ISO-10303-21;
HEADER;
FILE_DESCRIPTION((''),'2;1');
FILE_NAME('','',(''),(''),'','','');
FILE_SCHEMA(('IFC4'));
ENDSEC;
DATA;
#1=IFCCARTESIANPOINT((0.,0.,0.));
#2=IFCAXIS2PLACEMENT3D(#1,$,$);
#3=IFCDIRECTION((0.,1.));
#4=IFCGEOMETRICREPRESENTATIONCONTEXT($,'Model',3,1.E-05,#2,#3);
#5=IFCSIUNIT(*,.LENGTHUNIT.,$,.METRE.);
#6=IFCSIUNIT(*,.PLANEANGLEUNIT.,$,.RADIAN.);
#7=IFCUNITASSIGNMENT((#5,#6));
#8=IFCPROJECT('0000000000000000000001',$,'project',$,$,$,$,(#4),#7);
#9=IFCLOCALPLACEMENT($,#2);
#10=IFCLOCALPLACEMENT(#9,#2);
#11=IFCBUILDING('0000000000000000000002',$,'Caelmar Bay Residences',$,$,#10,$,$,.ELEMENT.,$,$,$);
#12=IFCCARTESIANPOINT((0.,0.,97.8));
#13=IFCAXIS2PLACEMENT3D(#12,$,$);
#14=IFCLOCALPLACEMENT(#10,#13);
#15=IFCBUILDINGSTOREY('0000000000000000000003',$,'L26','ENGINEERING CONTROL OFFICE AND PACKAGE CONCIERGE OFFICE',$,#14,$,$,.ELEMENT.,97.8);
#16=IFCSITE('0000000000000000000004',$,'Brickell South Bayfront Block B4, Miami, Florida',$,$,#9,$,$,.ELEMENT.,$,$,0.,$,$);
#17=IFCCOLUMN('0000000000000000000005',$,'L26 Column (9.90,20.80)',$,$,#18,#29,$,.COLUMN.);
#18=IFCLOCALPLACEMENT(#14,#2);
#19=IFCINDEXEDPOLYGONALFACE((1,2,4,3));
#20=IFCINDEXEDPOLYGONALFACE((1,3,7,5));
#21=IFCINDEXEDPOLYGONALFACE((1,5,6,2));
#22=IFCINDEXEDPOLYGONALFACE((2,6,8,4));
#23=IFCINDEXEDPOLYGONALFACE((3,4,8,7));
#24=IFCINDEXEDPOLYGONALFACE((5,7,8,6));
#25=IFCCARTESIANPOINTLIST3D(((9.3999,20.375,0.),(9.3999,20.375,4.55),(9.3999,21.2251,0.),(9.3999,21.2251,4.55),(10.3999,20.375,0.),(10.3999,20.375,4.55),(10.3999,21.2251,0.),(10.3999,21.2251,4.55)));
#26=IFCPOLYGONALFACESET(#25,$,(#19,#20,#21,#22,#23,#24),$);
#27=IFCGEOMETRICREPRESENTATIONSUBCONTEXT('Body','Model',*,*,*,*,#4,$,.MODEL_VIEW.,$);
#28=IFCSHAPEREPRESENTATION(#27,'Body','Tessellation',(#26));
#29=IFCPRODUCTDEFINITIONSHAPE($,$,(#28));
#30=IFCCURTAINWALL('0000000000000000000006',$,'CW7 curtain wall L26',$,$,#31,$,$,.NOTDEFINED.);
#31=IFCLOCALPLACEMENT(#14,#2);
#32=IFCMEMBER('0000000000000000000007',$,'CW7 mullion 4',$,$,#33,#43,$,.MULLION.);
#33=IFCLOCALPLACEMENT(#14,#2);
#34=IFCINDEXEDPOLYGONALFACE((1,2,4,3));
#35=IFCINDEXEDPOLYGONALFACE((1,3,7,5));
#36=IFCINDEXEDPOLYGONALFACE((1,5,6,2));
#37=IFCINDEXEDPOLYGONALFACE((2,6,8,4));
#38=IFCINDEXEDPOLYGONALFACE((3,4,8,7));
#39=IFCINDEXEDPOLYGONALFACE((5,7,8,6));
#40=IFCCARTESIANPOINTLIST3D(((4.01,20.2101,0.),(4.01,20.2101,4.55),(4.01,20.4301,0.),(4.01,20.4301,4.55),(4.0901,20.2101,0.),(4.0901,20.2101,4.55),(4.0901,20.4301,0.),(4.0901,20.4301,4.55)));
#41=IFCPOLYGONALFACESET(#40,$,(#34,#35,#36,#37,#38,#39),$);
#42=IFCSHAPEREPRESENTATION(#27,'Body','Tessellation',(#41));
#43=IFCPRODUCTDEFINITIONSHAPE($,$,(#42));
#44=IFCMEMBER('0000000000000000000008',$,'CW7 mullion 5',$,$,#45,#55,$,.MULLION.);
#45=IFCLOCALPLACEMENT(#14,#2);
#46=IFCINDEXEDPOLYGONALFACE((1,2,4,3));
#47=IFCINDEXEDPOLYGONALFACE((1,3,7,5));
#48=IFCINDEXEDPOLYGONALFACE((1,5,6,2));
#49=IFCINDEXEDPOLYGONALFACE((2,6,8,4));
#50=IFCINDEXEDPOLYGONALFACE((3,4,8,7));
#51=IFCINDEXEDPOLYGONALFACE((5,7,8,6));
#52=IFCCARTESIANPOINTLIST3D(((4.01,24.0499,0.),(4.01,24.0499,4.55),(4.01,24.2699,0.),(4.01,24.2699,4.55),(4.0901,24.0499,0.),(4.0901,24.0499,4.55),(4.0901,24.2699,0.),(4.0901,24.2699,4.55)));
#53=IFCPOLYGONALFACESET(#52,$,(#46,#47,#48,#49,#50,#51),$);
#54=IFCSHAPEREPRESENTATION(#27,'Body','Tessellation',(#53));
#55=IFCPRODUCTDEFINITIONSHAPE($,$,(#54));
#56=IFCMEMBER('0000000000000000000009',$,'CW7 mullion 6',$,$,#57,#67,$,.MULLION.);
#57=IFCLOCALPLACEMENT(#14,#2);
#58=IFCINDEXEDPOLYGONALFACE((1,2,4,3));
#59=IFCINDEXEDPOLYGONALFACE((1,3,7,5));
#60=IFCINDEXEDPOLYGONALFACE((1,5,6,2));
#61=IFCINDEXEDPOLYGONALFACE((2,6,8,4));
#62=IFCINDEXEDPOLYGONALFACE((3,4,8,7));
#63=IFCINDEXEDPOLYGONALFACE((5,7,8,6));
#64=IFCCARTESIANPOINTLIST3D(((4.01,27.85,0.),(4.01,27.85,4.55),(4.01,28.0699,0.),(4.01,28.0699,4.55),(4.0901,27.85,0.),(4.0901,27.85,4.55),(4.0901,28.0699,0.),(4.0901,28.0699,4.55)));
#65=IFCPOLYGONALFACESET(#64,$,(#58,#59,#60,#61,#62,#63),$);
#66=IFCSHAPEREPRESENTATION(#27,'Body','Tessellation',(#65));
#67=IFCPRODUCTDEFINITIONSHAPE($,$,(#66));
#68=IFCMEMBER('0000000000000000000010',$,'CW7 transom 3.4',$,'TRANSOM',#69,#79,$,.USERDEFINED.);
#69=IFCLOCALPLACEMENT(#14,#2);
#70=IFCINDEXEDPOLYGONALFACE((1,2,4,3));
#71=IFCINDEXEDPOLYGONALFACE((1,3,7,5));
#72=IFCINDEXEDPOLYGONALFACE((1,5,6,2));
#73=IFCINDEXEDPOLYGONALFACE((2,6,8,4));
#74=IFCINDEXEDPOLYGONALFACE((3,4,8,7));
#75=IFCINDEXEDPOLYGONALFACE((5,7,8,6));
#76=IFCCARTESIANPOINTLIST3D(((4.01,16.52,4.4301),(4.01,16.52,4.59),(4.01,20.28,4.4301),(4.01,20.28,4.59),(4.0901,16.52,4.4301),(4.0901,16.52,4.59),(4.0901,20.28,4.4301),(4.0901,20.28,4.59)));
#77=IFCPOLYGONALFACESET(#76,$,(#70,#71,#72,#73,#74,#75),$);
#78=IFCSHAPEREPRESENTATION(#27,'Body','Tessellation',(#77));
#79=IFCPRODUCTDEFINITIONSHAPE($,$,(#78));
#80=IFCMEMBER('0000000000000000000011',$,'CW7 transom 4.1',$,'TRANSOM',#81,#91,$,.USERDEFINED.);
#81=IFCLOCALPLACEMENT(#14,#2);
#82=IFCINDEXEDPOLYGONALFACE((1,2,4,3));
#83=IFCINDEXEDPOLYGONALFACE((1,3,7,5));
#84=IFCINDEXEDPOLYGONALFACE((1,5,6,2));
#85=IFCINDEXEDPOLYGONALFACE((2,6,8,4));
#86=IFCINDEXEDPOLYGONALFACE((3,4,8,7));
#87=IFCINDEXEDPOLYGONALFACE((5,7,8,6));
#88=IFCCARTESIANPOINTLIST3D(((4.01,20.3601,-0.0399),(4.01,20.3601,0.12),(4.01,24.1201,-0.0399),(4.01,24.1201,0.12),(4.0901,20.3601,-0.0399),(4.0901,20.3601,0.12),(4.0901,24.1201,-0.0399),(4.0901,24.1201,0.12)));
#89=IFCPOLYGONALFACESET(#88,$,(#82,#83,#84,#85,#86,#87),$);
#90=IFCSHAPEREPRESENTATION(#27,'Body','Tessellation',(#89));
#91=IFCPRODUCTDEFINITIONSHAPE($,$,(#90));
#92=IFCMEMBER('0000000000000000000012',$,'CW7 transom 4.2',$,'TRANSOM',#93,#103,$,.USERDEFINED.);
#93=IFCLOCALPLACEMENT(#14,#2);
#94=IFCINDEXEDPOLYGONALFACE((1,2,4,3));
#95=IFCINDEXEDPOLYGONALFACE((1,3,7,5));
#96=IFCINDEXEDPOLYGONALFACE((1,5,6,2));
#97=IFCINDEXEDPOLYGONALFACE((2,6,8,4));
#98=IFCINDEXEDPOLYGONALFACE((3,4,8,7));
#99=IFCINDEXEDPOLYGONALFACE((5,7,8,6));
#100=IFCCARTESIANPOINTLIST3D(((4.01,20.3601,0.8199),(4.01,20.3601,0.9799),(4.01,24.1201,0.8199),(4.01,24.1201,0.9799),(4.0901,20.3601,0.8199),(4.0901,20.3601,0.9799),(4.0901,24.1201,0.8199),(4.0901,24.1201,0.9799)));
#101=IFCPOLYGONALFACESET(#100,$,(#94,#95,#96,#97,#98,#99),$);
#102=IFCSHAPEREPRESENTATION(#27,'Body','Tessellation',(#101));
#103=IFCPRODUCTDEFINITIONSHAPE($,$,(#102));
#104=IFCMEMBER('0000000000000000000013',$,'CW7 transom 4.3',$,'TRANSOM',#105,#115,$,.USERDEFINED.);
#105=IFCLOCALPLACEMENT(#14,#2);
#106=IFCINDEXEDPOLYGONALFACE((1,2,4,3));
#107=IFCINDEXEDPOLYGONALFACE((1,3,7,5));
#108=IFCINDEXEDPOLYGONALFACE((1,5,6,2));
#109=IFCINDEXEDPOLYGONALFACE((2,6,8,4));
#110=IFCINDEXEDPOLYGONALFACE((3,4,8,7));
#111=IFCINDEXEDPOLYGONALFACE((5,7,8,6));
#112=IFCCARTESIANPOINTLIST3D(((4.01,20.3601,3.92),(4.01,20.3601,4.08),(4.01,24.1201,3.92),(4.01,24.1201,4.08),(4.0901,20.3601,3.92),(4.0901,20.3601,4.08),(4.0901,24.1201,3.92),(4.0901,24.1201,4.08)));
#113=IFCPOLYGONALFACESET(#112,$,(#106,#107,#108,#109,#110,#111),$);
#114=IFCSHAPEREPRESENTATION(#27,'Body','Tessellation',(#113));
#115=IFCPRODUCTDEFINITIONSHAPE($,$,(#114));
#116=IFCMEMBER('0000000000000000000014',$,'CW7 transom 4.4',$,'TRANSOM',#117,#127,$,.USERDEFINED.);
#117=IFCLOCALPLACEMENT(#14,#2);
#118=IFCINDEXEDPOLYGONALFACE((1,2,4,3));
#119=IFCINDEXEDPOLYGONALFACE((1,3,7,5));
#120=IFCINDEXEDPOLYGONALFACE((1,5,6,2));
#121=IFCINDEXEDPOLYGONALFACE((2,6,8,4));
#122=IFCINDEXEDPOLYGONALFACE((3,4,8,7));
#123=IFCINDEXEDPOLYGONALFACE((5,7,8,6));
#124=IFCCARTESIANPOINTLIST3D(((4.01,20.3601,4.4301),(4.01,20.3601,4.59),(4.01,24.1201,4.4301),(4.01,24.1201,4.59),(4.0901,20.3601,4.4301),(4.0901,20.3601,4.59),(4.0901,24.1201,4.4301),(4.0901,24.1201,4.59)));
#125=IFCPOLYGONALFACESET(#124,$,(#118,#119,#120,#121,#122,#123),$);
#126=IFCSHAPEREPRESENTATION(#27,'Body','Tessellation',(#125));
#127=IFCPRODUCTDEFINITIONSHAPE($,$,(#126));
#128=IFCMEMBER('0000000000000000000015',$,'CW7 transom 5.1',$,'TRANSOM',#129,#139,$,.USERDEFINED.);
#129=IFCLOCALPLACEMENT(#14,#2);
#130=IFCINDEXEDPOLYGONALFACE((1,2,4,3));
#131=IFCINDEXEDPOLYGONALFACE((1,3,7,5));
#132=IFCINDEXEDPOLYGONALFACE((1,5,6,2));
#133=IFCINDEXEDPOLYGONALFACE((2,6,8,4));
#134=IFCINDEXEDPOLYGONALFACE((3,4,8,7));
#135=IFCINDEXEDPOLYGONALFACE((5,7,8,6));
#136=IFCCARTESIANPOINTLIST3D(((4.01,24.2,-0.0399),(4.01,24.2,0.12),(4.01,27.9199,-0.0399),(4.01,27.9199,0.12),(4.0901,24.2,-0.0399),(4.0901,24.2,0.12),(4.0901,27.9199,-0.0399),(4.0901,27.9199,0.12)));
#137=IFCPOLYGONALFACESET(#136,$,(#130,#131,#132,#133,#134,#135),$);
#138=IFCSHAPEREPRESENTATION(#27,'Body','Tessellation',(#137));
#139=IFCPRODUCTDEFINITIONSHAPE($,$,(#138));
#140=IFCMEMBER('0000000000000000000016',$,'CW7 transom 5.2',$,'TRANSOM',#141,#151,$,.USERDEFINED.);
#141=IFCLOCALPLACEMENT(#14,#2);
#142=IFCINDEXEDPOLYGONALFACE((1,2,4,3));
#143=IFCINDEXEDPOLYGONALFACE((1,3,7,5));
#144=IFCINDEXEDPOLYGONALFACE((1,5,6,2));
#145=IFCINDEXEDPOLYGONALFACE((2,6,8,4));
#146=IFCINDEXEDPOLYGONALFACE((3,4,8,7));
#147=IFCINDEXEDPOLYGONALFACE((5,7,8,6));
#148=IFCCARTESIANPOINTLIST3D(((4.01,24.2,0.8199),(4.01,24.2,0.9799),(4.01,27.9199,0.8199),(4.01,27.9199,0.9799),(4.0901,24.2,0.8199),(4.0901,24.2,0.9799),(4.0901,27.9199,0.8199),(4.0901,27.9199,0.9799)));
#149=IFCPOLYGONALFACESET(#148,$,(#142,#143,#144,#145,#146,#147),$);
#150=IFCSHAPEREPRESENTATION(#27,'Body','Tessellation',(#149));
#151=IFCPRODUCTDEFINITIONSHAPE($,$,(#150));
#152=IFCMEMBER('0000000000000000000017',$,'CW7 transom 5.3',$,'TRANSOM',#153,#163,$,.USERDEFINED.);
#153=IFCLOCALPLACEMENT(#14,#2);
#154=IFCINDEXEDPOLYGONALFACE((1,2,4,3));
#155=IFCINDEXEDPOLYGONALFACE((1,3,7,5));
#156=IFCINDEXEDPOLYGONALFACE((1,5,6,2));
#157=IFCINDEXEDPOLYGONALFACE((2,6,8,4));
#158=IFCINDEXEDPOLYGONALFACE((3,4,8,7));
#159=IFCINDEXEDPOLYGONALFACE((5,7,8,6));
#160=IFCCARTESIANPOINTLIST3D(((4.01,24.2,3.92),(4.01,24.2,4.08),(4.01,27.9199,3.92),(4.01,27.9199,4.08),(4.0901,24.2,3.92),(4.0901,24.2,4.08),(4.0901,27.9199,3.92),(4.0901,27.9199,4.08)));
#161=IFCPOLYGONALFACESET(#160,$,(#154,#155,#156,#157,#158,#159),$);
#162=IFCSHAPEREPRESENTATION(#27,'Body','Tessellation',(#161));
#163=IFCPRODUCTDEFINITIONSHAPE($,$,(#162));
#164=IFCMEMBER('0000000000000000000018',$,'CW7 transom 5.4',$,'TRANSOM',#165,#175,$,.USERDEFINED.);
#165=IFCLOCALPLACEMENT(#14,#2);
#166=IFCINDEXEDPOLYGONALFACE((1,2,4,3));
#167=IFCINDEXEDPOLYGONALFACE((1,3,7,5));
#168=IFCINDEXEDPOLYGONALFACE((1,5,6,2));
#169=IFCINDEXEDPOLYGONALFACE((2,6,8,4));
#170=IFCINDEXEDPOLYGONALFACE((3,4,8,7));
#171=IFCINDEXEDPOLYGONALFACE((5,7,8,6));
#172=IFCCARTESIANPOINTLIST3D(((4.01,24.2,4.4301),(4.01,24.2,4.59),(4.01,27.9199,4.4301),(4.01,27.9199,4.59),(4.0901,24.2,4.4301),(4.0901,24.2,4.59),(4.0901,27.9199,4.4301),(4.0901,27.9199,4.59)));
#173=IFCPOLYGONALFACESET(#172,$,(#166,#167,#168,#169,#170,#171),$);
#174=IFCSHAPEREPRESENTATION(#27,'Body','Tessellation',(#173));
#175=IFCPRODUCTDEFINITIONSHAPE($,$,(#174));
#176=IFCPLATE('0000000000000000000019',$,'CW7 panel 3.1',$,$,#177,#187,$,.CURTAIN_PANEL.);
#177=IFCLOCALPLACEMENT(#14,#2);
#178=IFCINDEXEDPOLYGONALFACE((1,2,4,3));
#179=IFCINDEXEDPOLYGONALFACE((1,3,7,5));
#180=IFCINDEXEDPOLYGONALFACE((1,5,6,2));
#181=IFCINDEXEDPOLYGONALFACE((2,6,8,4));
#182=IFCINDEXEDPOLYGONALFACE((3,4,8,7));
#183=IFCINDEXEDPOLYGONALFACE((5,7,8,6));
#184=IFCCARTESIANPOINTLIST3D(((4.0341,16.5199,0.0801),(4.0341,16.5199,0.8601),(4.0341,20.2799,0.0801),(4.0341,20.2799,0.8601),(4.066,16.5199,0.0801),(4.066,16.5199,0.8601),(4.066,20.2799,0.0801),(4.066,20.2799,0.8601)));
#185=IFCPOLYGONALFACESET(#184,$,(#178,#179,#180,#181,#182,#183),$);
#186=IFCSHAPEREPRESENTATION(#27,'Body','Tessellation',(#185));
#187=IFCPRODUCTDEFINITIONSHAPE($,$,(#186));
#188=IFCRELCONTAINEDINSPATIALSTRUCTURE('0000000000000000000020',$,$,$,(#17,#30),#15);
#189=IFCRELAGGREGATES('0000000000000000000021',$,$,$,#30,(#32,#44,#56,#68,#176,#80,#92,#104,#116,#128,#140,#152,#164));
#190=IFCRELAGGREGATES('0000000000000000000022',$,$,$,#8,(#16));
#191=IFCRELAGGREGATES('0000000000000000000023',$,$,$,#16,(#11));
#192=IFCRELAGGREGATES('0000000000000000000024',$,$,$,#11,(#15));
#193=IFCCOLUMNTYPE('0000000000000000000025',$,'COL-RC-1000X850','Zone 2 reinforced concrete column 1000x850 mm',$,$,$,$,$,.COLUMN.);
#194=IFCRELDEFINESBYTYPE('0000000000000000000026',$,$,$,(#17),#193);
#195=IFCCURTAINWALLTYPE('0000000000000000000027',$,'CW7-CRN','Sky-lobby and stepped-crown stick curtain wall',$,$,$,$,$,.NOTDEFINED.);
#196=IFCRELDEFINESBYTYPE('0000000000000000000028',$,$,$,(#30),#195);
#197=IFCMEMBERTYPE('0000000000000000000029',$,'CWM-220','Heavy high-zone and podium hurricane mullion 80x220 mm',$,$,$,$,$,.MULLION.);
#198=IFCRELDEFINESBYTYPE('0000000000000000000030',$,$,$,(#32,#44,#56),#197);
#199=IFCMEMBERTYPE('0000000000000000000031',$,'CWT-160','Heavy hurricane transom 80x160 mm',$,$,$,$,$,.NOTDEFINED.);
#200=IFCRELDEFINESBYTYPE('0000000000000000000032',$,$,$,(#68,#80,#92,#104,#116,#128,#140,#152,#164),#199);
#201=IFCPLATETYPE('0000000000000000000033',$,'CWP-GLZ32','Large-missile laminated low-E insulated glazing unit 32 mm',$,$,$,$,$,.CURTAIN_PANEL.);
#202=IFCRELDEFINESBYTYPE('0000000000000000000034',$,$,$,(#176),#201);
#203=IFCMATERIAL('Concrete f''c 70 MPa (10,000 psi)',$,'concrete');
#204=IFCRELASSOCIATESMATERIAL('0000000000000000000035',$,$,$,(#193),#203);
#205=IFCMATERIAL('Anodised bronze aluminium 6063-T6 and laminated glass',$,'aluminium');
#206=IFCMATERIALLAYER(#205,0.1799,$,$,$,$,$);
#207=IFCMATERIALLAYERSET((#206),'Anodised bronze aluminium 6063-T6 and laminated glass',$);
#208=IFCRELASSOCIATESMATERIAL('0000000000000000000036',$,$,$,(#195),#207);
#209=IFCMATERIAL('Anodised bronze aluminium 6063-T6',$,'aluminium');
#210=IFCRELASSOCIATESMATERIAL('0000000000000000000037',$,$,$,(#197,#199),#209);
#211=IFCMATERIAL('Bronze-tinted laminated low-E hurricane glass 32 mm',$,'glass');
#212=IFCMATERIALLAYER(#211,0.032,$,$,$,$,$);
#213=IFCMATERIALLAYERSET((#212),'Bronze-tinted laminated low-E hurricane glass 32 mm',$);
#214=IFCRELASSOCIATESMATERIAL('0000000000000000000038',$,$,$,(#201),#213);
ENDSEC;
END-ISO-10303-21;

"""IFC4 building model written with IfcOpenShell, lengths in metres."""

from ifc_helpers import new_model, si_unit, direction, frame, origin, origin_2d, place, context, subcontext, project, spatial, rectangle, extrude, material, layer, layer_set, material_profile, profile_set, type_object, element, aggregate, save


model = new_model("IFC4")

# Units and contexts
model_context = context("Model", 3, precision=1e-05, world=origin(), true_north=direction((0.0, 1.0)))
body_context = subcontext(model_context, "Body", "Model", "MODEL_VIEW")
ifc_project = project(units=[si_unit("LENGTHUNIT", "METRE"), si_unit("PLANEANGLEUNIT", "RADIAN")], contexts=[model_context])

# Site, building, storey
site_placement = place(None, origin())
site = spatial("IfcSite", under=ifc_project, at=site_placement, Name="Brickell South Bayfront Block B4, Miami, Florida", CompositionType="ELEMENT", RefElevation=0.0)
building_placement = place(site_placement, origin())
building = spatial("IfcBuilding", under=site, at=building_placement, Name="Caelmar Bay Residences", CompositionType="ELEMENT")
storey_placement = place(building_placement, frame((0.0, 0.0, 97.8)))
storey = spatial("IfcBuildingStorey", under=building, at=storey_placement, Name="L26", Description="ENGINEERING CONTROL OFFICE AND PACKAGE CONCIERGE OFFICE", CompositionType="ELEMENT", Elevation=97.8)

# Column
ifc_material_1 = material(Name="Concrete f'c 70 MPa (10,000 psi)", Category="concrete")
ifc_material_profile_1 = material_profile(ifc_material_1, rectangle(XDim=1.0, YDim=0.8501, at=origin_2d()), Name="RC-COL-1000X850")
ifc_profile_set_1 = profile_set([ifc_material_profile_1], Name="Concrete f'c 70 MPa (10,000 psi)")
column_type = type_object("IfcColumnType", Name="COL-RC-1000X850", Description="Zone 2 reinforced concrete column 1000x850 mm", PredefinedType="COLUMN", material=ifc_profile_set_1)
column_placement = place(storey_placement, frame((9.8999, 20.8, 0.0), z_axis=(0.0, 0.0, 1.0), x_axis=(1.0, 0.0, 0.0)))
element("IfcColumn", 1, at=column_placement, inside=storey, type_object=column_type, Name="L26 Column (9.90,20.80)", PredefinedType="COLUMN", context=body_context, shape_type="SweptSolid", body=[
    extrude(rectangle(XDim=1.0, YDim=0.8501, at=origin_2d()), origin(), (0.0, 0.0, 1.0), 4.55),
])

# Curtain wall, members, plate
ifc_material_2 = material(Name="Anodised bronze aluminium 6063-T6 and laminated glass", Category="aluminium")
ifc_layer_1 = layer(ifc_material_2, 0.1799)
ifc_layer_set_1 = layer_set([ifc_layer_1], Name="Anodised bronze aluminium 6063-T6 and laminated glass")
curtain_wall_type = type_object("IfcCurtainWallType", Name="CW7-CRN", Description="Sky-lobby and stepped-crown stick curtain wall", PredefinedType="NOTDEFINED", material=ifc_layer_set_1)
curtain_wall_placement = place(storey_placement, origin())
curtain_wall = element("IfcCurtainWall", 2, at=curtain_wall_placement, inside=storey, type_object=curtain_wall_type, Name="CW7 curtain wall L26", PredefinedType="NOTDEFINED")
ifc_material_3 = material(Name="Anodised bronze aluminium 6063-T6", Category="aluminium")
ifc_material_profile_2 = material_profile(ifc_material_3, rectangle(XDim=0.0801, YDim=0.22, at=origin_2d()), Name="CWM-80X220")
ifc_profile_set_2 = profile_set([ifc_material_profile_2], Name="Anodised bronze aluminium 6063-T6")
member_type_1 = type_object("IfcMemberType", Name="CWM-220", Description="Heavy high-zone and podium hurricane mullion 80x220 mm", PredefinedType="MULLION", material=ifc_profile_set_2)
member_1_placement = place(storey_placement, frame((4.05, 20.3201, 0.0), z_axis=(0.0, 0.0, 1.0), x_axis=(-1.0, 0.0, 0.0)))
member_1 = element("IfcMember", 3, at=member_1_placement, type_object=member_type_1, Name="CW7 mullion 4", PredefinedType="MULLION", context=body_context, shape_type="SweptSolid", body=[
    extrude(rectangle(XDim=0.0801, YDim=0.22, at=origin_2d()), origin(), (0.0, 0.0, 1.0), 4.55),
])
member_2_placement = place(storey_placement, frame((4.05, 24.1599, 0.0), z_axis=(0.0, 0.0, 1.0), x_axis=(-1.0, 0.0, 0.0)))
member_2 = element("IfcMember", 4, at=member_2_placement, type_object=member_type_1, Name="CW7 mullion 5", PredefinedType="MULLION", context=body_context, shape_type="SweptSolid", body=[
    extrude(rectangle(XDim=0.0801, YDim=0.22, at=origin_2d()), origin(), (0.0, 0.0, 1.0), 4.55),
])
member_3_placement = place(storey_placement, frame((4.05, 27.96, 0.0), z_axis=(0.0, 0.0, 1.0), x_axis=(-1.0, 0.0, 0.0)))
member_3 = element("IfcMember", 5, at=member_3_placement, type_object=member_type_1, Name="CW7 mullion 6", PredefinedType="MULLION", context=body_context, shape_type="SweptSolid", body=[
    extrude(rectangle(XDim=0.0801, YDim=0.22, at=origin_2d()), origin(), (0.0, 0.0, 1.0), 4.55),
])
ifc_material_profile_3 = material_profile(ifc_material_3, rectangle(XDim=0.0801, YDim=0.1599, at=origin_2d()), Name="CWT-80X160")
ifc_profile_set_3 = profile_set([ifc_material_profile_3], Name="Anodised bronze aluminium 6063-T6")
member_type_2 = type_object("IfcMemberType", Name="CWT-160", Description="Heavy hurricane transom 80x160 mm", PredefinedType="NOTDEFINED", material=ifc_profile_set_3)
member_4_placement = place(storey_placement, frame((4.05, 16.52, 4.51), z_axis=(0.0, 1.0, 0.0), x_axis=(-1.0, 0.0, 0.0)))
member_4 = element("IfcMember", 6, at=member_4_placement, type_object=member_type_2, Name="CW7 transom 3.4", ObjectType="TRANSOM", PredefinedType="USERDEFINED", context=body_context, shape_type="SweptSolid", body=[
    extrude(rectangle(XDim=0.0801, YDim=0.1599, at=origin_2d()), origin(), (0.0, 0.0, 1.0), 3.76),
])
member_5_placement = place(storey_placement, frame((4.05, 20.3601, 0.04), z_axis=(0.0, 1.0, 0.0), x_axis=(-1.0, 0.0, 0.0)))
member_5 = element("IfcMember", 7, at=member_5_placement, type_object=member_type_2, Name="CW7 transom 4.1", ObjectType="TRANSOM", PredefinedType="USERDEFINED", context=body_context, shape_type="SweptSolid", body=[
    extrude(rectangle(XDim=0.0801, YDim=0.1599, at=origin_2d()), origin(), (0.0, 0.0, 1.0), 3.76),
])
member_6_placement = place(storey_placement, frame((4.05, 20.3601, 0.8999), z_axis=(0.0, 1.0, 0.0), x_axis=(-1.0, 0.0, 0.0)))
member_6 = element("IfcMember", 8, at=member_6_placement, type_object=member_type_2, Name="CW7 transom 4.2", ObjectType="TRANSOM", PredefinedType="USERDEFINED", context=body_context, shape_type="SweptSolid", body=[
    extrude(rectangle(XDim=0.0801, YDim=0.1599, at=origin_2d()), origin(), (0.0, 0.0, 1.0), 3.76),
])
member_7_placement = place(storey_placement, frame((4.05, 20.3601, 4.0), z_axis=(0.0, 1.0, 0.0), x_axis=(-1.0, 0.0, 0.0)))
member_7 = element("IfcMember", 9, at=member_7_placement, type_object=member_type_2, Name="CW7 transom 4.3", ObjectType="TRANSOM", PredefinedType="USERDEFINED", context=body_context, shape_type="SweptSolid", body=[
    extrude(rectangle(XDim=0.0801, YDim=0.1599, at=origin_2d()), origin(), (0.0, 0.0, 1.0), 3.76),
])
member_8_placement = place(storey_placement, frame((4.05, 20.3601, 4.51), z_axis=(0.0, 1.0, 0.0), x_axis=(-1.0, 0.0, 0.0)))
member_8 = element("IfcMember", 10, at=member_8_placement, type_object=member_type_2, Name="CW7 transom 4.4", ObjectType="TRANSOM", PredefinedType="USERDEFINED", context=body_context, shape_type="SweptSolid", body=[
    extrude(rectangle(XDim=0.0801, YDim=0.1599, at=origin_2d()), origin(), (0.0, 0.0, 1.0), 3.76),
])
member_9_placement = place(storey_placement, frame((4.05, 24.2, 0.04), z_axis=(0.0, 1.0, 0.0), x_axis=(-1.0, 0.0, 0.0)))
member_9 = element("IfcMember", 11, at=member_9_placement, type_object=member_type_2, Name="CW7 transom 5.1", ObjectType="TRANSOM", PredefinedType="USERDEFINED", context=body_context, shape_type="SweptSolid", body=[
    extrude(rectangle(XDim=0.0801, YDim=0.1599, at=origin_2d()), origin(), (0.0, 0.0, 1.0), 3.72),
])
member_10_placement = place(storey_placement, frame((4.05, 24.2, 0.8999), z_axis=(0.0, 1.0, 0.0), x_axis=(-1.0, 0.0, 0.0)))
member_10 = element("IfcMember", 12, at=member_10_placement, type_object=member_type_2, Name="CW7 transom 5.2", ObjectType="TRANSOM", PredefinedType="USERDEFINED", context=body_context, shape_type="SweptSolid", body=[
    extrude(rectangle(XDim=0.0801, YDim=0.1599, at=origin_2d()), origin(), (0.0, 0.0, 1.0), 3.72),
])
member_11_placement = place(storey_placement, frame((4.05, 24.2, 4.0), z_axis=(0.0, 1.0, 0.0), x_axis=(-1.0, 0.0, 0.0)))
member_11 = element("IfcMember", 13, at=member_11_placement, type_object=member_type_2, Name="CW7 transom 5.3", ObjectType="TRANSOM", PredefinedType="USERDEFINED", context=body_context, shape_type="SweptSolid", body=[
    extrude(rectangle(XDim=0.0801, YDim=0.1599, at=origin_2d()), origin(), (0.0, 0.0, 1.0), 3.72),
])
member_12_placement = place(storey_placement, frame((4.05, 24.2, 4.51), z_axis=(0.0, 1.0, 0.0), x_axis=(-1.0, 0.0, 0.0)))
member_12 = element("IfcMember", 14, at=member_12_placement, type_object=member_type_2, Name="CW7 transom 5.4", ObjectType="TRANSOM", PredefinedType="USERDEFINED", context=body_context, shape_type="SweptSolid", body=[
    extrude(rectangle(XDim=0.0801, YDim=0.1599, at=origin_2d()), origin(), (0.0, 0.0, 1.0), 3.72),
])
ifc_material_4 = material(Name="Bronze-tinted laminated low-E hurricane glass 32 mm", Category="glass")
ifc_layer_2 = layer(ifc_material_4, 0.032)
ifc_layer_set_2 = layer_set([ifc_layer_2], Name="Bronze-tinted laminated low-E hurricane glass 32 mm")
plate_type = type_object("IfcPlateType", Name="CWP-GLZ32", Description="Large-missile laminated low-E insulated glazing unit 32 mm", PredefinedType="CURTAIN_PANEL", material=ifc_layer_set_2)
plate_1_placement = place(storey_placement, frame((4.05, 18.3999, 0.0801), z_axis=(0.0, 0.0, 1.0), x_axis=(0.0, 1.0, 0.0)))
plate_1 = element("IfcPlate", 15, at=plate_1_placement, type_object=plate_type, Name="CW7 panel 3.1", PredefinedType="CURTAIN_PANEL", context=body_context, shape_type="SweptSolid", body=[
    extrude(rectangle(XDim=3.76, YDim=0.032, at=origin_2d()), origin(), (0.0, 0.0, 1.0), 0.78),
])
aggregate(curtain_wall, [member_1, member_2, member_3, member_4, plate_1, member_5, member_6, member_7, member_8, member_9, member_10, member_11, member_12])

save(model, "model.ifc")
